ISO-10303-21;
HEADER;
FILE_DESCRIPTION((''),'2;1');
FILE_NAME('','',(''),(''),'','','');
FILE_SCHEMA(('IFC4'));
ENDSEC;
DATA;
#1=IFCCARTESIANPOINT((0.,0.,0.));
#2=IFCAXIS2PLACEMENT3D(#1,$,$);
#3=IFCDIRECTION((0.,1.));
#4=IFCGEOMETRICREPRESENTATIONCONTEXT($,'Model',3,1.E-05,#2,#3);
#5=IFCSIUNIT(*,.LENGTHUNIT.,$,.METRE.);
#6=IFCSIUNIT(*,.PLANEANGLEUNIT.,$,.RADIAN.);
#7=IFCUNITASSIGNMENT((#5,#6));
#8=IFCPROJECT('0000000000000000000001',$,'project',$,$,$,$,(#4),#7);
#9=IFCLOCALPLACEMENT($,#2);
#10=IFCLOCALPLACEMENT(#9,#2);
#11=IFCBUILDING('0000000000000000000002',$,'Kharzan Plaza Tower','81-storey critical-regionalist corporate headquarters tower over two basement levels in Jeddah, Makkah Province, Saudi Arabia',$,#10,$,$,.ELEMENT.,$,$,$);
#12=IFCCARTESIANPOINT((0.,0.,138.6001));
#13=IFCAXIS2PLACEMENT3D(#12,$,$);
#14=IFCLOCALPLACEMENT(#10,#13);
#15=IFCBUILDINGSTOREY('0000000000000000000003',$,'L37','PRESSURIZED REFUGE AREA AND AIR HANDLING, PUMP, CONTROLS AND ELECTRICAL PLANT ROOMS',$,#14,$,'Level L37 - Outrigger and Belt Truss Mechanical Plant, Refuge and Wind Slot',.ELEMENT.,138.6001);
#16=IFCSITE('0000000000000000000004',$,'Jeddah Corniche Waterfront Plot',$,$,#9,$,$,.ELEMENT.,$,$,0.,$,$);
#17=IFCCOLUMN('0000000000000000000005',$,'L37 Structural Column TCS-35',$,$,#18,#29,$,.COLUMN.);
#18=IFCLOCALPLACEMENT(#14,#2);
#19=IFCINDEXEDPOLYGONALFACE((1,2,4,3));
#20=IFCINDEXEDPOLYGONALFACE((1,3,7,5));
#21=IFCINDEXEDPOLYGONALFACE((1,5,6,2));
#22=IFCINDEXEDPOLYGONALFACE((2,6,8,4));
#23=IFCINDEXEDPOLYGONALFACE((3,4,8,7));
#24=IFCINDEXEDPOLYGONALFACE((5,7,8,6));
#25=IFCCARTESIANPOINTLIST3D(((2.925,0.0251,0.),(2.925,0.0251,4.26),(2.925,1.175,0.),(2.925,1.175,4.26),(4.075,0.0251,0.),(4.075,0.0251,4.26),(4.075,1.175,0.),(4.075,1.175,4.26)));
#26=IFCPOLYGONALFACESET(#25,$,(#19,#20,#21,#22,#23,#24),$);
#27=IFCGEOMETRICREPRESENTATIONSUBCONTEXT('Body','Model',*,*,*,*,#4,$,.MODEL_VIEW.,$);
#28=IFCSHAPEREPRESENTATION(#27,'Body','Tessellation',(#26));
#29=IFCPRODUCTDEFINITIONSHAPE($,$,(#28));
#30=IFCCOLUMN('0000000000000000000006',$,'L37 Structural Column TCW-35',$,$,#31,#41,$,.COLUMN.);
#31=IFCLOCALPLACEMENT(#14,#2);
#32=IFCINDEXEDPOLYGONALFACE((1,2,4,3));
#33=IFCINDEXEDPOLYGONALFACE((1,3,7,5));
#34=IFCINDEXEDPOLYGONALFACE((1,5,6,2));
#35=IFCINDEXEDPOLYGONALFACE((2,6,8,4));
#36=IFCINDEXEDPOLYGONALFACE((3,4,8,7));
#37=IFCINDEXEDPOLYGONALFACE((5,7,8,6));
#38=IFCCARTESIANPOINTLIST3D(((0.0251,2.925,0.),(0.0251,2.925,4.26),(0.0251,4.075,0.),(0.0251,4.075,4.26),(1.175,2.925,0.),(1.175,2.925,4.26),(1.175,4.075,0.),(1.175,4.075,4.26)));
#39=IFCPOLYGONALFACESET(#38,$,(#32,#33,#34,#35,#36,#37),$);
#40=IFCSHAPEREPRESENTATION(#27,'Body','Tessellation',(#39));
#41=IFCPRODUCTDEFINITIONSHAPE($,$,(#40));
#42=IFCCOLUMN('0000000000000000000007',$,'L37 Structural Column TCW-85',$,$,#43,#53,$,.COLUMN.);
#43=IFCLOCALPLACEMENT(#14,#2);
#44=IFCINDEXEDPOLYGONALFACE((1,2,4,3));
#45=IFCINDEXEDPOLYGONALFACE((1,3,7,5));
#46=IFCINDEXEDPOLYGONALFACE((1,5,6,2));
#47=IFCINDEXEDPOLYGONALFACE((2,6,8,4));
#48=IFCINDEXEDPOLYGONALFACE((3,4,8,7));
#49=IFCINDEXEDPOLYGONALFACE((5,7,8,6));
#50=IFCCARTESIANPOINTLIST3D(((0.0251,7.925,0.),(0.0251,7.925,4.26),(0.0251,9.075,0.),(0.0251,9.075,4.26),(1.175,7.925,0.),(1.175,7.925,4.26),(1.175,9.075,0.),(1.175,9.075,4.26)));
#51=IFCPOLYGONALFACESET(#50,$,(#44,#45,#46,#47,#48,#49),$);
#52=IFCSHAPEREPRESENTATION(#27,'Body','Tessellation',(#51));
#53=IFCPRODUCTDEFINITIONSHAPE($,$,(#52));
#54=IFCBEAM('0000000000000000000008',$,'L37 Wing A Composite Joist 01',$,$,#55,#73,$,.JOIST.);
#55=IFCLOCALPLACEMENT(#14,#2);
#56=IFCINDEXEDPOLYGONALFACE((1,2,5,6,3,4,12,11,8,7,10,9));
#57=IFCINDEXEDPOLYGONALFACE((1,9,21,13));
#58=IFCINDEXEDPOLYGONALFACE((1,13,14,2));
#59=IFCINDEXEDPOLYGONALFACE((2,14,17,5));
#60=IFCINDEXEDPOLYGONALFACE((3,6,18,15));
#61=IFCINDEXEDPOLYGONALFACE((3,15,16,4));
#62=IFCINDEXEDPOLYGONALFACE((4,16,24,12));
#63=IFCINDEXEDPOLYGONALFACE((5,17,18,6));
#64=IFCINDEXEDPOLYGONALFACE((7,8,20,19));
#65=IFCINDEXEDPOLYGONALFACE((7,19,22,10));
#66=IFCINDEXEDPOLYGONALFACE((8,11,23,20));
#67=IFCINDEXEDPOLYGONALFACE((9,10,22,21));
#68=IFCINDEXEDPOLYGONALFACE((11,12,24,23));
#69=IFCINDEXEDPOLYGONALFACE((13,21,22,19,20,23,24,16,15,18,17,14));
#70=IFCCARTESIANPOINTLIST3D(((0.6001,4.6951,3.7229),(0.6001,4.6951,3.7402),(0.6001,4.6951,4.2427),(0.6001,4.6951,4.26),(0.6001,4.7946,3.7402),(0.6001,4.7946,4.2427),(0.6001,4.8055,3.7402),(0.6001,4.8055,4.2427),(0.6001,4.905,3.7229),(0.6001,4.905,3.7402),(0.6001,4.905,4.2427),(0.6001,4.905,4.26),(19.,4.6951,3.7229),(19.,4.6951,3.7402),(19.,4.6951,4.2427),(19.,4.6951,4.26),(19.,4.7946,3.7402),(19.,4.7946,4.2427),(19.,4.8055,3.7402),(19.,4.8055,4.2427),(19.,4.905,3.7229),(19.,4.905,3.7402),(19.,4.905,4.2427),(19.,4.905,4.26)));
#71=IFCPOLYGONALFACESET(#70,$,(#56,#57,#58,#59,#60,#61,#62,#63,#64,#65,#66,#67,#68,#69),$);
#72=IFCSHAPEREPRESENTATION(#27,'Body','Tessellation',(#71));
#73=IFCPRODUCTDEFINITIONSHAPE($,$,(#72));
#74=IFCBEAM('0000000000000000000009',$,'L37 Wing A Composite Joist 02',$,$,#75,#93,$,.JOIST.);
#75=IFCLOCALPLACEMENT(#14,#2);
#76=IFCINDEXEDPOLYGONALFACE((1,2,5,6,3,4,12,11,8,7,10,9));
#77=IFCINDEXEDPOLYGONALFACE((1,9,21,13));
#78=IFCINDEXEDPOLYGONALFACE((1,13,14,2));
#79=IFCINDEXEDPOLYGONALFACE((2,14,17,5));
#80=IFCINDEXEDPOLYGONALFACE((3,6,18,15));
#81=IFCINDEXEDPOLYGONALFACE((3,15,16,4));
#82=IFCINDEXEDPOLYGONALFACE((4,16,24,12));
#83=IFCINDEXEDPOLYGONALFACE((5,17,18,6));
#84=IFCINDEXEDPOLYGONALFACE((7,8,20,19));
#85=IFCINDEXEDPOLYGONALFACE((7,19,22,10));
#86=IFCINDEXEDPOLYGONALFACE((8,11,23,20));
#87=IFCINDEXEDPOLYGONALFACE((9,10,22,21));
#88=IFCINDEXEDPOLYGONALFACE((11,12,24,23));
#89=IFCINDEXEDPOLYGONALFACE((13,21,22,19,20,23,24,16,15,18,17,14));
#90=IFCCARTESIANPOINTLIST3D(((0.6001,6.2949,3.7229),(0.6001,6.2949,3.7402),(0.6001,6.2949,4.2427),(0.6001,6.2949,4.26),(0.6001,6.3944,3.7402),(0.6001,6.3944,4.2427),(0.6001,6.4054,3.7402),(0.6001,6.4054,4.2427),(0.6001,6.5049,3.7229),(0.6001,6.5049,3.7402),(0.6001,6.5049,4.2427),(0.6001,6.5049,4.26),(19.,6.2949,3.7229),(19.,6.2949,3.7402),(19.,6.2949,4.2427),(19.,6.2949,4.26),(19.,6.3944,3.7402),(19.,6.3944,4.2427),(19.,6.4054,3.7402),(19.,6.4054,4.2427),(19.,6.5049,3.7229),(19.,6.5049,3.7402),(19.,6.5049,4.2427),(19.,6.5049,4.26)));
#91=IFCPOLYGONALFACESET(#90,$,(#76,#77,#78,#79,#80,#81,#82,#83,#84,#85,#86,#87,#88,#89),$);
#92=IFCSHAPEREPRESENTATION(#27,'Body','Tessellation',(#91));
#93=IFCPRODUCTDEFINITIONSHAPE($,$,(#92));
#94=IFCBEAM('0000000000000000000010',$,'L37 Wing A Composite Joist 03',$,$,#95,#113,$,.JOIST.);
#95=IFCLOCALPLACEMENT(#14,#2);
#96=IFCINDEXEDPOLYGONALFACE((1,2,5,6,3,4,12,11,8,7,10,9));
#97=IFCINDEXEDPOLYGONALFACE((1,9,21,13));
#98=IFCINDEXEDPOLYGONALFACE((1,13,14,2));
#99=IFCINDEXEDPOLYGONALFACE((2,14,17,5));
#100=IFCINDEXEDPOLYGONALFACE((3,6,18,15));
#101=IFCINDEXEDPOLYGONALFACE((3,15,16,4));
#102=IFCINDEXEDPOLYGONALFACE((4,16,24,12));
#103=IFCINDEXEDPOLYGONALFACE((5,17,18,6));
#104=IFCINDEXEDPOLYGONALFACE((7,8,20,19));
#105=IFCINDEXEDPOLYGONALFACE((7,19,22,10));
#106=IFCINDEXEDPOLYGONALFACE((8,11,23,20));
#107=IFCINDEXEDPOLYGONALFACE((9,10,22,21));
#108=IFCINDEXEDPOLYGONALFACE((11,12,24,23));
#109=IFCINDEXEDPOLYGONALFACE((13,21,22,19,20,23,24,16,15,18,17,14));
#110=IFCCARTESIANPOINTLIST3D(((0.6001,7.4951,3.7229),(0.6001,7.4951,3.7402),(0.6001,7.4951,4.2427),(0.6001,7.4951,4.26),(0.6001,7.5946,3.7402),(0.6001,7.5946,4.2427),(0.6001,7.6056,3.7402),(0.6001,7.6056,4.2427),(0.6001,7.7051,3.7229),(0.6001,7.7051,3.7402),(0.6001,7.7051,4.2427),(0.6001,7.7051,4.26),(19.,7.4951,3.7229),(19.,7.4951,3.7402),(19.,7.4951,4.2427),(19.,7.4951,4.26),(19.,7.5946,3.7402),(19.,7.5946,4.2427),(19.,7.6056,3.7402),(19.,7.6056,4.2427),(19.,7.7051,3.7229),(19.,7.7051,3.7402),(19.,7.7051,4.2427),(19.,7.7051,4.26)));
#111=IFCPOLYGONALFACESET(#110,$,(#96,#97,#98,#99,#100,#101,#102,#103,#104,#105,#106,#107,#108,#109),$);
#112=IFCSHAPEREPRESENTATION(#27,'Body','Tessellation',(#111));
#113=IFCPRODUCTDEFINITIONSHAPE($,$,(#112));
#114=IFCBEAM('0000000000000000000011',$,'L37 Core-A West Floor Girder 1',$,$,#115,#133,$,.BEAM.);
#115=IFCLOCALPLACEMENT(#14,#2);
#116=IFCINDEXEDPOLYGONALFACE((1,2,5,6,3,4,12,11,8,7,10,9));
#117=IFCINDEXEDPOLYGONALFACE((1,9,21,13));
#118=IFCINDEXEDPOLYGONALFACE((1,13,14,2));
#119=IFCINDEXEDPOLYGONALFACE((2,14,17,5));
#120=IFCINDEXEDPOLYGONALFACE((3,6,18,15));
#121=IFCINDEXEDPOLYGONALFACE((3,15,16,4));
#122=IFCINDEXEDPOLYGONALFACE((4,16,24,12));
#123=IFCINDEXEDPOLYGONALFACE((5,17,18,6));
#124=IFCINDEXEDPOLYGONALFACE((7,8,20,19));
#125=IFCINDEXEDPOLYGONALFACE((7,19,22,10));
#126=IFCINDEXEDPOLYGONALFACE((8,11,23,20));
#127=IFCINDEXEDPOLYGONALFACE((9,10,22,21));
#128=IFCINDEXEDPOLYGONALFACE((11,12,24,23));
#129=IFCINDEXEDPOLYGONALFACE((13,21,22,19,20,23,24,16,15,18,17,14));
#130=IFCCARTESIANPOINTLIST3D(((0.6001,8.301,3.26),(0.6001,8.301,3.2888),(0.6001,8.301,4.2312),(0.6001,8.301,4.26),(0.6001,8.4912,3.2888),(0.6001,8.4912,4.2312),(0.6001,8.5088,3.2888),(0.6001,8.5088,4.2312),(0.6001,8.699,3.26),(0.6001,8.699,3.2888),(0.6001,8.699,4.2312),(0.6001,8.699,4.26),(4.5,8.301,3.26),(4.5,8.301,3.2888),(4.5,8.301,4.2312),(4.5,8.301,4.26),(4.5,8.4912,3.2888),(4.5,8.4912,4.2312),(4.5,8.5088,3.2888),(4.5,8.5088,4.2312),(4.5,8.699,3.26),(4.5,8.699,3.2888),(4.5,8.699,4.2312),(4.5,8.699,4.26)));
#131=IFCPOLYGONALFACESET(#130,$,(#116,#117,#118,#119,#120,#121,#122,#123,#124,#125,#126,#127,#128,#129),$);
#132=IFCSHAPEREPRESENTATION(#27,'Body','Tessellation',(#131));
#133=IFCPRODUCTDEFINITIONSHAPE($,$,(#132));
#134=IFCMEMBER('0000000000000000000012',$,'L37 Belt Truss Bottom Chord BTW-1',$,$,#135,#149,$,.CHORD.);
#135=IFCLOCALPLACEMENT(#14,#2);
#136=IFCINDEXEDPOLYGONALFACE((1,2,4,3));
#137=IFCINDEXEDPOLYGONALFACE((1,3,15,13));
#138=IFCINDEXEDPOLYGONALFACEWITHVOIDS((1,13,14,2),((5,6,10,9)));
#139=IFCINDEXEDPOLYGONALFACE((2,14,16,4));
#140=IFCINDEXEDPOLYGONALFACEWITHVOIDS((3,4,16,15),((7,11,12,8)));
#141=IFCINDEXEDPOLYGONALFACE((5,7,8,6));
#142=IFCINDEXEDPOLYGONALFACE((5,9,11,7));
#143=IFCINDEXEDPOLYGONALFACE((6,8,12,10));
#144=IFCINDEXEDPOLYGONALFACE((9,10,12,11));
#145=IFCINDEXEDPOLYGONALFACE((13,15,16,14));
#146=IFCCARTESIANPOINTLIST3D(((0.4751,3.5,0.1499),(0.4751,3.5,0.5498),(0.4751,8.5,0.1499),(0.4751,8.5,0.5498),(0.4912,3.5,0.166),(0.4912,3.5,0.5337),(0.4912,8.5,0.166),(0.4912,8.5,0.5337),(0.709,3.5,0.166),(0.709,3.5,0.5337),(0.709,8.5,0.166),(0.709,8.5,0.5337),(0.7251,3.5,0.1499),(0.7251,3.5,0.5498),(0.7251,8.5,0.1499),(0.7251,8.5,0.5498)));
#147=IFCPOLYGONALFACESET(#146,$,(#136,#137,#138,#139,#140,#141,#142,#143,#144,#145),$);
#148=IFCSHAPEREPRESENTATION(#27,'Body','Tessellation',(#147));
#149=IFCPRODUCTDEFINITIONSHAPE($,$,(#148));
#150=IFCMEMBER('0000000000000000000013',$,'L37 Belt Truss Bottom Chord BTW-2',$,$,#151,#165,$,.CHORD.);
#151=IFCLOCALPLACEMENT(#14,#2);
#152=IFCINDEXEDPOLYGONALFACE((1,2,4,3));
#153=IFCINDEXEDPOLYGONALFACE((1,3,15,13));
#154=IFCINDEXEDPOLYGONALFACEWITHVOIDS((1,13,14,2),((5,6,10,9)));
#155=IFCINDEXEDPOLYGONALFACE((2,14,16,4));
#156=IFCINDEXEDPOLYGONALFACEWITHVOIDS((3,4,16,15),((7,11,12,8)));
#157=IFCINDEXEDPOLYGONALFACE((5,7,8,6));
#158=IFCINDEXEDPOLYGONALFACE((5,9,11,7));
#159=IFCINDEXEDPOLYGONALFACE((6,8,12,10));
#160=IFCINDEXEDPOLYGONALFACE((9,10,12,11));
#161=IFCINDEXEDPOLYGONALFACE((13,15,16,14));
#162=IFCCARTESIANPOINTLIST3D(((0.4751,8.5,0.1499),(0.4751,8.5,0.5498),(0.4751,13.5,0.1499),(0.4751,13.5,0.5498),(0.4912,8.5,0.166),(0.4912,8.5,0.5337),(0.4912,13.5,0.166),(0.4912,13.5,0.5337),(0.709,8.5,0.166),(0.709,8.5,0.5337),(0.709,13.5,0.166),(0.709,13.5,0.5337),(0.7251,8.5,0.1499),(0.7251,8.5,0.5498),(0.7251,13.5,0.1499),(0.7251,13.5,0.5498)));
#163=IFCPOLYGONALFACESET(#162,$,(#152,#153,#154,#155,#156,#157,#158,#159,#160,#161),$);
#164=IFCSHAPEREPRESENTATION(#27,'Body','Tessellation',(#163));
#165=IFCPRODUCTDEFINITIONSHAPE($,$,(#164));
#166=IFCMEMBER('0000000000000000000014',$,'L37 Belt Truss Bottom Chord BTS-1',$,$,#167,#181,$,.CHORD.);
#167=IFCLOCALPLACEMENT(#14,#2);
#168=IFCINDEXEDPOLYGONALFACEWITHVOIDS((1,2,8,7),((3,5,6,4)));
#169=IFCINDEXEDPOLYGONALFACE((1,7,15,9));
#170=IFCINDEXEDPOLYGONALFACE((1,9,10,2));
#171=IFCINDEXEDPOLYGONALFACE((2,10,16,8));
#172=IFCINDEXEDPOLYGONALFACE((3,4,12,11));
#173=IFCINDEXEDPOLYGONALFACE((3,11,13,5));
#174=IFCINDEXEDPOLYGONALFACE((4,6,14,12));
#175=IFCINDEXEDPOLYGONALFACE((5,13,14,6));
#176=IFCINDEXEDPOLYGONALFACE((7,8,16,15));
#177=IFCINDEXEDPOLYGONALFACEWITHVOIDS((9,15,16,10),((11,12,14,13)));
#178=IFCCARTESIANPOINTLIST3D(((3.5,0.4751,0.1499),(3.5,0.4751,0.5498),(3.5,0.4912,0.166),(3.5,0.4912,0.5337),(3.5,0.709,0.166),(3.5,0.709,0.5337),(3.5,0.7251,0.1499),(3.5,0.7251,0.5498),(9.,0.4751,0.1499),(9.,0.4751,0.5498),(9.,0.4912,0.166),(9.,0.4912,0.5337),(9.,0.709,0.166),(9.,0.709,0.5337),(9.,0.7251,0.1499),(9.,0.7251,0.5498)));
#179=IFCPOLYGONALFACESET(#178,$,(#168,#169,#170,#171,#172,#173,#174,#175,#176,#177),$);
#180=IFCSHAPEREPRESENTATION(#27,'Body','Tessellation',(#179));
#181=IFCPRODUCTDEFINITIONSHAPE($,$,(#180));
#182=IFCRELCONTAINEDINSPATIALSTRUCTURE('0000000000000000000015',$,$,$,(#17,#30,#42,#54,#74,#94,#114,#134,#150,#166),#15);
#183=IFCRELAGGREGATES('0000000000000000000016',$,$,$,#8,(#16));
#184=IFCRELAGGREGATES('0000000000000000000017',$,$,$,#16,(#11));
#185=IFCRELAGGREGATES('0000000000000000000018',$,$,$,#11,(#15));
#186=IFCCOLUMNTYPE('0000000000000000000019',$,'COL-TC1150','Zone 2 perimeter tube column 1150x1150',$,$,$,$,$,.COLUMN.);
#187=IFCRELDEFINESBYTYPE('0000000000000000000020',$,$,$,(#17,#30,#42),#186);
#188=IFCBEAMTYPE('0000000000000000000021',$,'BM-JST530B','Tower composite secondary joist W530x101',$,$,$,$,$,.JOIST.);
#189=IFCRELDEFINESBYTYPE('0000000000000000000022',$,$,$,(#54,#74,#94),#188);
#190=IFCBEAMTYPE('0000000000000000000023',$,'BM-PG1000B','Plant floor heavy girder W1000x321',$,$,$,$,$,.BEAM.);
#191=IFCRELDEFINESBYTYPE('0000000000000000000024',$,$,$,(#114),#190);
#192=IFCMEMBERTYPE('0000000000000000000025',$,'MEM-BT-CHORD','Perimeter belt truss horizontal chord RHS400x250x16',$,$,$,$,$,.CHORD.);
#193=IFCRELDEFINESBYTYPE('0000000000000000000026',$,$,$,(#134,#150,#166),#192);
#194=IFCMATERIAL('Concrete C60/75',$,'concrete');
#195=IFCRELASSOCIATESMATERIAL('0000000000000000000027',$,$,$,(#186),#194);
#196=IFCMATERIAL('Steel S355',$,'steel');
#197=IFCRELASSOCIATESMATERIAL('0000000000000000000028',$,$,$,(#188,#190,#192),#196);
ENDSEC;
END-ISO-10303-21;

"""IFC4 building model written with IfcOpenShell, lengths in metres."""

from ifc_helpers import new_model, si_unit, direction, frame, origin, origin_2d, place, context, subcontext, project, spatial, rectangle, hollow_rectangle, i_section, extrude, source, transform, mapped, material, material_profile, profile_set, type_object, element, save


model = new_model("IFC4")

# Units and contexts
model_context = context("Model", 3, precision=1e-05, world=origin(), true_north=direction((0.0, 1.0)))
body_context = subcontext(model_context, "Body", "Model", "MODEL_VIEW")
ifc_project = project(units=[si_unit("LENGTHUNIT", "METRE"), si_unit("PLANEANGLEUNIT", "RADIAN")], contexts=[model_context])

# Site, building, storey
site_placement = place(None, origin())
site = spatial("IfcSite", under=ifc_project, at=site_placement, Name="Jeddah Corniche Waterfront Plot", CompositionType="ELEMENT", RefElevation=0.0)
building_placement = place(site_placement, origin())
building = spatial("IfcBuilding", under=site, at=building_placement, Name="Kharzan Plaza Tower", Description="81-storey critical-regionalist corporate headquarters tower over two basement levels in Jeddah, Makkah Province, Saudi Arabia", CompositionType="ELEMENT")
storey_placement = place(building_placement, frame((0.0, 0.0, 138.6001)))
storey = spatial("IfcBuildingStorey", under=building, at=storey_placement, Name="L37", Description="PRESSURIZED REFUGE AREA AND AIR HANDLING, PUMP, CONTROLS AND ELECTRICAL PLANT ROOMS", LongName="Level L37 - Outrigger and Belt Truss Mechanical Plant, Refuge and Wind Slot", CompositionType="ELEMENT", Elevation=138.6001)

# Columns
ifc_material_1 = material(Name="Concrete C60/75", Category="concrete")
ifc_material_profile_1 = material_profile(ifc_material_1, rectangle(XDim=1.1499, YDim=1.1499, at=origin_2d()), Name="RC-TC1150x1150")
ifc_profile_set_1 = profile_set([ifc_material_profile_1], Name="Concrete C60/75")
column_type = type_object("IfcColumnType", Name="COL-TC1150", Description="Zone 2 perimeter tube column 1150x1150", PredefinedType="COLUMN", material=ifc_profile_set_1)
shared_shape_1 = source(origin(), body_context, "Body", "SweptSolid", [
    extrude(rectangle(XDim=1.1499, YDim=1.1499, at=origin_2d()), origin(), (0.0, 0.0, 1.0), 4.26),
])
for number, where, z_axis, x_axis, name in (
    (1, (3.5, 0.6001, 0.0), (0.0, 0.0, 1.0), (1.0, 0.0, 0.0), "L37 Structural Column TCS-35"),
    (2, (0.6001, 3.5, 0.0), (0.0, 0.0, 1.0), (1.0, 0.0, 0.0), "L37 Structural Column TCW-35"),
    (3, (0.6001, 8.5, 0.0), (0.0, 0.0, 1.0), (1.0, 0.0, 0.0), "L37 Structural Column TCW-85"),
):
    element("IfcColumn", number, at=place(storey_placement, frame(where, z_axis=z_axis, x_axis=x_axis)), inside=storey, type_object=column_type, Name=name, PredefinedType="COLUMN", context=body_context, shape_type="MappedRepresentation", body=[
        mapped(shared_shape_1, transform((0.0, 0.0, 0.0), x_axis=(1.0, 0.0, 0.0), y_axis=(0.0, 1.0, 0.0), z_axis=(0.0, 0.0, 1.0))),
    ])

# Beams
ifc_material_2 = material(Name="Steel S355", Category="steel")
ifc_material_profile_2 = material_profile(ifc_material_2, i_section(OverallWidth=0.21, OverallDepth=0.5371, WebThickness=0.011, FlangeThickness=0.0173, at=origin_2d()), Name="W530x101")
ifc_profile_set_2 = profile_set([ifc_material_profile_2], Name="Steel S355")
beam_type_1 = type_object("IfcBeamType", Name="BM-JST530B", Description="Tower composite secondary joist W530x101", PredefinedType="JOIST", material=ifc_profile_set_2)
shared_shape_2 = source(origin(), body_context, "Body", "SweptSolid", [
    extrude(i_section(OverallWidth=0.21, OverallDepth=0.5371, WebThickness=0.011, FlangeThickness=0.0173, at=origin_2d()), origin(), (0.0, 0.0, 1.0), 18.3999),
])
for number, where, z_axis, x_axis, name in (
    (4, (0.6001, 4.8, 3.9915), (1.0, 0.0, 0.0), (0.0, 1.0, 0.0), "L37 Wing A Composite Joist 01"),
    (5, (0.6001, 6.3999, 3.9915), (1.0, 0.0, 0.0), (0.0, 1.0, 0.0), "L37 Wing A Composite Joist 02"),
    (6, (0.6001, 7.6001, 3.9915), (1.0, 0.0, 0.0), (0.0, 1.0, 0.0), "L37 Wing A Composite Joist 03"),
):
    element("IfcBeam", number, at=place(storey_placement, frame(where, z_axis=z_axis, x_axis=x_axis)), inside=storey, type_object=beam_type_1, Name=name, PredefinedType="JOIST", context=body_context, shape_type="MappedRepresentation", body=[
        mapped(shared_shape_2, transform((0.0, 0.0, 0.0), x_axis=(1.0, 0.0, 0.0), y_axis=(0.0, 1.0, 0.0), z_axis=(0.0, 0.0, 1.0))),
    ])
ifc_material_profile_3 = material_profile(ifc_material_2, i_section(OverallWidth=0.3979, OverallDepth=1.0, WebThickness=0.0176, FlangeThickness=0.0288, at=origin_2d()), Name="W1000x321")
ifc_profile_set_3 = profile_set([ifc_material_profile_3], Name="Steel S355")
beam_type_2 = type_object("IfcBeamType", Name="BM-PG1000B", Description="Plant floor heavy girder W1000x321", PredefinedType="BEAM", material=ifc_profile_set_3)
shared_shape_3 = source(origin(), body_context, "Body", "SweptSolid", [
    extrude(i_section(OverallWidth=0.3979, OverallDepth=1.0, WebThickness=0.0176, FlangeThickness=0.0288, at=origin_2d()), origin(), (0.0, 0.0, 1.0), 3.8999),
])
beam_1_placement = place(storey_placement, frame((0.6001, 8.5, 3.76), z_axis=(1.0, 0.0, 0.0), x_axis=(0.0, 1.0, 0.0)))
element("IfcBeam", 7, at=beam_1_placement, inside=storey, type_object=beam_type_2, Name="L37 Core-A West Floor Girder 1", PredefinedType="BEAM", context=body_context, shape_type="MappedRepresentation", body=[
    mapped(shared_shape_3, transform((0.0, 0.0, 0.0), x_axis=(1.0, 0.0, 0.0), y_axis=(0.0, 1.0, 0.0), z_axis=(0.0, 0.0, 1.0))),
])

# Members
ifc_material_profile_4 = material_profile(ifc_material_2, hollow_rectangle(XDim=0.25, YDim=0.3999, WallThickness=0.0161, at=origin_2d()), Name="RHS400x250x16")
ifc_profile_set_4 = profile_set([ifc_material_profile_4], Name="Steel S355")
member_type_1 = type_object("IfcMemberType", Name="MEM-BT-CHORD", Description="Perimeter belt truss horizontal chord RHS400x250x16", PredefinedType="CHORD", material=ifc_profile_set_4)
shared_shape_4 = source(origin(), body_context, "Body", "SweptSolid", [
    extrude(hollow_rectangle(XDim=0.25, YDim=0.3999, WallThickness=0.0161, at=origin_2d()), origin(), (0.0, 0.0, 1.0), 5.0),
])
for number, where, z_axis, x_axis, name in (
    (8, (0.6001, 3.5, 0.3499), (0.0, 1.0, 0.0), (-1.0, 0.0, 0.0), "L37 Belt Truss Bottom Chord BTW-1"),
    (9, (0.6001, 8.5, 0.3499), (0.0, 1.0, 0.0), (-1.0, 0.0, 0.0), "L37 Belt Truss Bottom Chord BTW-2"),
):
    element("IfcMember", number, at=place(storey_placement, frame(where, z_axis=z_axis, x_axis=x_axis)), inside=storey, type_object=member_type_1, Name=name, PredefinedType="CHORD", context=body_context, shape_type="MappedRepresentation", body=[
        mapped(shared_shape_4, transform((0.0, 0.0, 0.0), x_axis=(1.0, 0.0, 0.0), y_axis=(0.0, 1.0, 0.0), z_axis=(0.0, 0.0, 1.0))),
    ])
shared_shape_5 = source(origin(), body_context, "Body", "SweptSolid", [
    extrude(hollow_rectangle(XDim=0.25, YDim=0.3999, WallThickness=0.0161, at=origin_2d()), origin(), (0.0, 0.0, 1.0), 5.5),
])
member_1_placement = place(storey_placement, frame((3.5, 0.6001, 0.3499), z_axis=(1.0, 0.0, 0.0), x_axis=(0.0, 1.0, 0.0)))
element("IfcMember", 10, at=member_1_placement, inside=storey, type_object=member_type_1, Name="L37 Belt Truss Bottom Chord BTS-1", PredefinedType="CHORD", context=body_context, shape_type="MappedRepresentation", body=[
    mapped(shared_shape_5, transform((0.0, 0.0, 0.0), x_axis=(1.0, 0.0, 0.0), y_axis=(0.0, 1.0, 0.0), z_axis=(0.0, 0.0, 1.0))),
])

save(model, "model.ifc")
